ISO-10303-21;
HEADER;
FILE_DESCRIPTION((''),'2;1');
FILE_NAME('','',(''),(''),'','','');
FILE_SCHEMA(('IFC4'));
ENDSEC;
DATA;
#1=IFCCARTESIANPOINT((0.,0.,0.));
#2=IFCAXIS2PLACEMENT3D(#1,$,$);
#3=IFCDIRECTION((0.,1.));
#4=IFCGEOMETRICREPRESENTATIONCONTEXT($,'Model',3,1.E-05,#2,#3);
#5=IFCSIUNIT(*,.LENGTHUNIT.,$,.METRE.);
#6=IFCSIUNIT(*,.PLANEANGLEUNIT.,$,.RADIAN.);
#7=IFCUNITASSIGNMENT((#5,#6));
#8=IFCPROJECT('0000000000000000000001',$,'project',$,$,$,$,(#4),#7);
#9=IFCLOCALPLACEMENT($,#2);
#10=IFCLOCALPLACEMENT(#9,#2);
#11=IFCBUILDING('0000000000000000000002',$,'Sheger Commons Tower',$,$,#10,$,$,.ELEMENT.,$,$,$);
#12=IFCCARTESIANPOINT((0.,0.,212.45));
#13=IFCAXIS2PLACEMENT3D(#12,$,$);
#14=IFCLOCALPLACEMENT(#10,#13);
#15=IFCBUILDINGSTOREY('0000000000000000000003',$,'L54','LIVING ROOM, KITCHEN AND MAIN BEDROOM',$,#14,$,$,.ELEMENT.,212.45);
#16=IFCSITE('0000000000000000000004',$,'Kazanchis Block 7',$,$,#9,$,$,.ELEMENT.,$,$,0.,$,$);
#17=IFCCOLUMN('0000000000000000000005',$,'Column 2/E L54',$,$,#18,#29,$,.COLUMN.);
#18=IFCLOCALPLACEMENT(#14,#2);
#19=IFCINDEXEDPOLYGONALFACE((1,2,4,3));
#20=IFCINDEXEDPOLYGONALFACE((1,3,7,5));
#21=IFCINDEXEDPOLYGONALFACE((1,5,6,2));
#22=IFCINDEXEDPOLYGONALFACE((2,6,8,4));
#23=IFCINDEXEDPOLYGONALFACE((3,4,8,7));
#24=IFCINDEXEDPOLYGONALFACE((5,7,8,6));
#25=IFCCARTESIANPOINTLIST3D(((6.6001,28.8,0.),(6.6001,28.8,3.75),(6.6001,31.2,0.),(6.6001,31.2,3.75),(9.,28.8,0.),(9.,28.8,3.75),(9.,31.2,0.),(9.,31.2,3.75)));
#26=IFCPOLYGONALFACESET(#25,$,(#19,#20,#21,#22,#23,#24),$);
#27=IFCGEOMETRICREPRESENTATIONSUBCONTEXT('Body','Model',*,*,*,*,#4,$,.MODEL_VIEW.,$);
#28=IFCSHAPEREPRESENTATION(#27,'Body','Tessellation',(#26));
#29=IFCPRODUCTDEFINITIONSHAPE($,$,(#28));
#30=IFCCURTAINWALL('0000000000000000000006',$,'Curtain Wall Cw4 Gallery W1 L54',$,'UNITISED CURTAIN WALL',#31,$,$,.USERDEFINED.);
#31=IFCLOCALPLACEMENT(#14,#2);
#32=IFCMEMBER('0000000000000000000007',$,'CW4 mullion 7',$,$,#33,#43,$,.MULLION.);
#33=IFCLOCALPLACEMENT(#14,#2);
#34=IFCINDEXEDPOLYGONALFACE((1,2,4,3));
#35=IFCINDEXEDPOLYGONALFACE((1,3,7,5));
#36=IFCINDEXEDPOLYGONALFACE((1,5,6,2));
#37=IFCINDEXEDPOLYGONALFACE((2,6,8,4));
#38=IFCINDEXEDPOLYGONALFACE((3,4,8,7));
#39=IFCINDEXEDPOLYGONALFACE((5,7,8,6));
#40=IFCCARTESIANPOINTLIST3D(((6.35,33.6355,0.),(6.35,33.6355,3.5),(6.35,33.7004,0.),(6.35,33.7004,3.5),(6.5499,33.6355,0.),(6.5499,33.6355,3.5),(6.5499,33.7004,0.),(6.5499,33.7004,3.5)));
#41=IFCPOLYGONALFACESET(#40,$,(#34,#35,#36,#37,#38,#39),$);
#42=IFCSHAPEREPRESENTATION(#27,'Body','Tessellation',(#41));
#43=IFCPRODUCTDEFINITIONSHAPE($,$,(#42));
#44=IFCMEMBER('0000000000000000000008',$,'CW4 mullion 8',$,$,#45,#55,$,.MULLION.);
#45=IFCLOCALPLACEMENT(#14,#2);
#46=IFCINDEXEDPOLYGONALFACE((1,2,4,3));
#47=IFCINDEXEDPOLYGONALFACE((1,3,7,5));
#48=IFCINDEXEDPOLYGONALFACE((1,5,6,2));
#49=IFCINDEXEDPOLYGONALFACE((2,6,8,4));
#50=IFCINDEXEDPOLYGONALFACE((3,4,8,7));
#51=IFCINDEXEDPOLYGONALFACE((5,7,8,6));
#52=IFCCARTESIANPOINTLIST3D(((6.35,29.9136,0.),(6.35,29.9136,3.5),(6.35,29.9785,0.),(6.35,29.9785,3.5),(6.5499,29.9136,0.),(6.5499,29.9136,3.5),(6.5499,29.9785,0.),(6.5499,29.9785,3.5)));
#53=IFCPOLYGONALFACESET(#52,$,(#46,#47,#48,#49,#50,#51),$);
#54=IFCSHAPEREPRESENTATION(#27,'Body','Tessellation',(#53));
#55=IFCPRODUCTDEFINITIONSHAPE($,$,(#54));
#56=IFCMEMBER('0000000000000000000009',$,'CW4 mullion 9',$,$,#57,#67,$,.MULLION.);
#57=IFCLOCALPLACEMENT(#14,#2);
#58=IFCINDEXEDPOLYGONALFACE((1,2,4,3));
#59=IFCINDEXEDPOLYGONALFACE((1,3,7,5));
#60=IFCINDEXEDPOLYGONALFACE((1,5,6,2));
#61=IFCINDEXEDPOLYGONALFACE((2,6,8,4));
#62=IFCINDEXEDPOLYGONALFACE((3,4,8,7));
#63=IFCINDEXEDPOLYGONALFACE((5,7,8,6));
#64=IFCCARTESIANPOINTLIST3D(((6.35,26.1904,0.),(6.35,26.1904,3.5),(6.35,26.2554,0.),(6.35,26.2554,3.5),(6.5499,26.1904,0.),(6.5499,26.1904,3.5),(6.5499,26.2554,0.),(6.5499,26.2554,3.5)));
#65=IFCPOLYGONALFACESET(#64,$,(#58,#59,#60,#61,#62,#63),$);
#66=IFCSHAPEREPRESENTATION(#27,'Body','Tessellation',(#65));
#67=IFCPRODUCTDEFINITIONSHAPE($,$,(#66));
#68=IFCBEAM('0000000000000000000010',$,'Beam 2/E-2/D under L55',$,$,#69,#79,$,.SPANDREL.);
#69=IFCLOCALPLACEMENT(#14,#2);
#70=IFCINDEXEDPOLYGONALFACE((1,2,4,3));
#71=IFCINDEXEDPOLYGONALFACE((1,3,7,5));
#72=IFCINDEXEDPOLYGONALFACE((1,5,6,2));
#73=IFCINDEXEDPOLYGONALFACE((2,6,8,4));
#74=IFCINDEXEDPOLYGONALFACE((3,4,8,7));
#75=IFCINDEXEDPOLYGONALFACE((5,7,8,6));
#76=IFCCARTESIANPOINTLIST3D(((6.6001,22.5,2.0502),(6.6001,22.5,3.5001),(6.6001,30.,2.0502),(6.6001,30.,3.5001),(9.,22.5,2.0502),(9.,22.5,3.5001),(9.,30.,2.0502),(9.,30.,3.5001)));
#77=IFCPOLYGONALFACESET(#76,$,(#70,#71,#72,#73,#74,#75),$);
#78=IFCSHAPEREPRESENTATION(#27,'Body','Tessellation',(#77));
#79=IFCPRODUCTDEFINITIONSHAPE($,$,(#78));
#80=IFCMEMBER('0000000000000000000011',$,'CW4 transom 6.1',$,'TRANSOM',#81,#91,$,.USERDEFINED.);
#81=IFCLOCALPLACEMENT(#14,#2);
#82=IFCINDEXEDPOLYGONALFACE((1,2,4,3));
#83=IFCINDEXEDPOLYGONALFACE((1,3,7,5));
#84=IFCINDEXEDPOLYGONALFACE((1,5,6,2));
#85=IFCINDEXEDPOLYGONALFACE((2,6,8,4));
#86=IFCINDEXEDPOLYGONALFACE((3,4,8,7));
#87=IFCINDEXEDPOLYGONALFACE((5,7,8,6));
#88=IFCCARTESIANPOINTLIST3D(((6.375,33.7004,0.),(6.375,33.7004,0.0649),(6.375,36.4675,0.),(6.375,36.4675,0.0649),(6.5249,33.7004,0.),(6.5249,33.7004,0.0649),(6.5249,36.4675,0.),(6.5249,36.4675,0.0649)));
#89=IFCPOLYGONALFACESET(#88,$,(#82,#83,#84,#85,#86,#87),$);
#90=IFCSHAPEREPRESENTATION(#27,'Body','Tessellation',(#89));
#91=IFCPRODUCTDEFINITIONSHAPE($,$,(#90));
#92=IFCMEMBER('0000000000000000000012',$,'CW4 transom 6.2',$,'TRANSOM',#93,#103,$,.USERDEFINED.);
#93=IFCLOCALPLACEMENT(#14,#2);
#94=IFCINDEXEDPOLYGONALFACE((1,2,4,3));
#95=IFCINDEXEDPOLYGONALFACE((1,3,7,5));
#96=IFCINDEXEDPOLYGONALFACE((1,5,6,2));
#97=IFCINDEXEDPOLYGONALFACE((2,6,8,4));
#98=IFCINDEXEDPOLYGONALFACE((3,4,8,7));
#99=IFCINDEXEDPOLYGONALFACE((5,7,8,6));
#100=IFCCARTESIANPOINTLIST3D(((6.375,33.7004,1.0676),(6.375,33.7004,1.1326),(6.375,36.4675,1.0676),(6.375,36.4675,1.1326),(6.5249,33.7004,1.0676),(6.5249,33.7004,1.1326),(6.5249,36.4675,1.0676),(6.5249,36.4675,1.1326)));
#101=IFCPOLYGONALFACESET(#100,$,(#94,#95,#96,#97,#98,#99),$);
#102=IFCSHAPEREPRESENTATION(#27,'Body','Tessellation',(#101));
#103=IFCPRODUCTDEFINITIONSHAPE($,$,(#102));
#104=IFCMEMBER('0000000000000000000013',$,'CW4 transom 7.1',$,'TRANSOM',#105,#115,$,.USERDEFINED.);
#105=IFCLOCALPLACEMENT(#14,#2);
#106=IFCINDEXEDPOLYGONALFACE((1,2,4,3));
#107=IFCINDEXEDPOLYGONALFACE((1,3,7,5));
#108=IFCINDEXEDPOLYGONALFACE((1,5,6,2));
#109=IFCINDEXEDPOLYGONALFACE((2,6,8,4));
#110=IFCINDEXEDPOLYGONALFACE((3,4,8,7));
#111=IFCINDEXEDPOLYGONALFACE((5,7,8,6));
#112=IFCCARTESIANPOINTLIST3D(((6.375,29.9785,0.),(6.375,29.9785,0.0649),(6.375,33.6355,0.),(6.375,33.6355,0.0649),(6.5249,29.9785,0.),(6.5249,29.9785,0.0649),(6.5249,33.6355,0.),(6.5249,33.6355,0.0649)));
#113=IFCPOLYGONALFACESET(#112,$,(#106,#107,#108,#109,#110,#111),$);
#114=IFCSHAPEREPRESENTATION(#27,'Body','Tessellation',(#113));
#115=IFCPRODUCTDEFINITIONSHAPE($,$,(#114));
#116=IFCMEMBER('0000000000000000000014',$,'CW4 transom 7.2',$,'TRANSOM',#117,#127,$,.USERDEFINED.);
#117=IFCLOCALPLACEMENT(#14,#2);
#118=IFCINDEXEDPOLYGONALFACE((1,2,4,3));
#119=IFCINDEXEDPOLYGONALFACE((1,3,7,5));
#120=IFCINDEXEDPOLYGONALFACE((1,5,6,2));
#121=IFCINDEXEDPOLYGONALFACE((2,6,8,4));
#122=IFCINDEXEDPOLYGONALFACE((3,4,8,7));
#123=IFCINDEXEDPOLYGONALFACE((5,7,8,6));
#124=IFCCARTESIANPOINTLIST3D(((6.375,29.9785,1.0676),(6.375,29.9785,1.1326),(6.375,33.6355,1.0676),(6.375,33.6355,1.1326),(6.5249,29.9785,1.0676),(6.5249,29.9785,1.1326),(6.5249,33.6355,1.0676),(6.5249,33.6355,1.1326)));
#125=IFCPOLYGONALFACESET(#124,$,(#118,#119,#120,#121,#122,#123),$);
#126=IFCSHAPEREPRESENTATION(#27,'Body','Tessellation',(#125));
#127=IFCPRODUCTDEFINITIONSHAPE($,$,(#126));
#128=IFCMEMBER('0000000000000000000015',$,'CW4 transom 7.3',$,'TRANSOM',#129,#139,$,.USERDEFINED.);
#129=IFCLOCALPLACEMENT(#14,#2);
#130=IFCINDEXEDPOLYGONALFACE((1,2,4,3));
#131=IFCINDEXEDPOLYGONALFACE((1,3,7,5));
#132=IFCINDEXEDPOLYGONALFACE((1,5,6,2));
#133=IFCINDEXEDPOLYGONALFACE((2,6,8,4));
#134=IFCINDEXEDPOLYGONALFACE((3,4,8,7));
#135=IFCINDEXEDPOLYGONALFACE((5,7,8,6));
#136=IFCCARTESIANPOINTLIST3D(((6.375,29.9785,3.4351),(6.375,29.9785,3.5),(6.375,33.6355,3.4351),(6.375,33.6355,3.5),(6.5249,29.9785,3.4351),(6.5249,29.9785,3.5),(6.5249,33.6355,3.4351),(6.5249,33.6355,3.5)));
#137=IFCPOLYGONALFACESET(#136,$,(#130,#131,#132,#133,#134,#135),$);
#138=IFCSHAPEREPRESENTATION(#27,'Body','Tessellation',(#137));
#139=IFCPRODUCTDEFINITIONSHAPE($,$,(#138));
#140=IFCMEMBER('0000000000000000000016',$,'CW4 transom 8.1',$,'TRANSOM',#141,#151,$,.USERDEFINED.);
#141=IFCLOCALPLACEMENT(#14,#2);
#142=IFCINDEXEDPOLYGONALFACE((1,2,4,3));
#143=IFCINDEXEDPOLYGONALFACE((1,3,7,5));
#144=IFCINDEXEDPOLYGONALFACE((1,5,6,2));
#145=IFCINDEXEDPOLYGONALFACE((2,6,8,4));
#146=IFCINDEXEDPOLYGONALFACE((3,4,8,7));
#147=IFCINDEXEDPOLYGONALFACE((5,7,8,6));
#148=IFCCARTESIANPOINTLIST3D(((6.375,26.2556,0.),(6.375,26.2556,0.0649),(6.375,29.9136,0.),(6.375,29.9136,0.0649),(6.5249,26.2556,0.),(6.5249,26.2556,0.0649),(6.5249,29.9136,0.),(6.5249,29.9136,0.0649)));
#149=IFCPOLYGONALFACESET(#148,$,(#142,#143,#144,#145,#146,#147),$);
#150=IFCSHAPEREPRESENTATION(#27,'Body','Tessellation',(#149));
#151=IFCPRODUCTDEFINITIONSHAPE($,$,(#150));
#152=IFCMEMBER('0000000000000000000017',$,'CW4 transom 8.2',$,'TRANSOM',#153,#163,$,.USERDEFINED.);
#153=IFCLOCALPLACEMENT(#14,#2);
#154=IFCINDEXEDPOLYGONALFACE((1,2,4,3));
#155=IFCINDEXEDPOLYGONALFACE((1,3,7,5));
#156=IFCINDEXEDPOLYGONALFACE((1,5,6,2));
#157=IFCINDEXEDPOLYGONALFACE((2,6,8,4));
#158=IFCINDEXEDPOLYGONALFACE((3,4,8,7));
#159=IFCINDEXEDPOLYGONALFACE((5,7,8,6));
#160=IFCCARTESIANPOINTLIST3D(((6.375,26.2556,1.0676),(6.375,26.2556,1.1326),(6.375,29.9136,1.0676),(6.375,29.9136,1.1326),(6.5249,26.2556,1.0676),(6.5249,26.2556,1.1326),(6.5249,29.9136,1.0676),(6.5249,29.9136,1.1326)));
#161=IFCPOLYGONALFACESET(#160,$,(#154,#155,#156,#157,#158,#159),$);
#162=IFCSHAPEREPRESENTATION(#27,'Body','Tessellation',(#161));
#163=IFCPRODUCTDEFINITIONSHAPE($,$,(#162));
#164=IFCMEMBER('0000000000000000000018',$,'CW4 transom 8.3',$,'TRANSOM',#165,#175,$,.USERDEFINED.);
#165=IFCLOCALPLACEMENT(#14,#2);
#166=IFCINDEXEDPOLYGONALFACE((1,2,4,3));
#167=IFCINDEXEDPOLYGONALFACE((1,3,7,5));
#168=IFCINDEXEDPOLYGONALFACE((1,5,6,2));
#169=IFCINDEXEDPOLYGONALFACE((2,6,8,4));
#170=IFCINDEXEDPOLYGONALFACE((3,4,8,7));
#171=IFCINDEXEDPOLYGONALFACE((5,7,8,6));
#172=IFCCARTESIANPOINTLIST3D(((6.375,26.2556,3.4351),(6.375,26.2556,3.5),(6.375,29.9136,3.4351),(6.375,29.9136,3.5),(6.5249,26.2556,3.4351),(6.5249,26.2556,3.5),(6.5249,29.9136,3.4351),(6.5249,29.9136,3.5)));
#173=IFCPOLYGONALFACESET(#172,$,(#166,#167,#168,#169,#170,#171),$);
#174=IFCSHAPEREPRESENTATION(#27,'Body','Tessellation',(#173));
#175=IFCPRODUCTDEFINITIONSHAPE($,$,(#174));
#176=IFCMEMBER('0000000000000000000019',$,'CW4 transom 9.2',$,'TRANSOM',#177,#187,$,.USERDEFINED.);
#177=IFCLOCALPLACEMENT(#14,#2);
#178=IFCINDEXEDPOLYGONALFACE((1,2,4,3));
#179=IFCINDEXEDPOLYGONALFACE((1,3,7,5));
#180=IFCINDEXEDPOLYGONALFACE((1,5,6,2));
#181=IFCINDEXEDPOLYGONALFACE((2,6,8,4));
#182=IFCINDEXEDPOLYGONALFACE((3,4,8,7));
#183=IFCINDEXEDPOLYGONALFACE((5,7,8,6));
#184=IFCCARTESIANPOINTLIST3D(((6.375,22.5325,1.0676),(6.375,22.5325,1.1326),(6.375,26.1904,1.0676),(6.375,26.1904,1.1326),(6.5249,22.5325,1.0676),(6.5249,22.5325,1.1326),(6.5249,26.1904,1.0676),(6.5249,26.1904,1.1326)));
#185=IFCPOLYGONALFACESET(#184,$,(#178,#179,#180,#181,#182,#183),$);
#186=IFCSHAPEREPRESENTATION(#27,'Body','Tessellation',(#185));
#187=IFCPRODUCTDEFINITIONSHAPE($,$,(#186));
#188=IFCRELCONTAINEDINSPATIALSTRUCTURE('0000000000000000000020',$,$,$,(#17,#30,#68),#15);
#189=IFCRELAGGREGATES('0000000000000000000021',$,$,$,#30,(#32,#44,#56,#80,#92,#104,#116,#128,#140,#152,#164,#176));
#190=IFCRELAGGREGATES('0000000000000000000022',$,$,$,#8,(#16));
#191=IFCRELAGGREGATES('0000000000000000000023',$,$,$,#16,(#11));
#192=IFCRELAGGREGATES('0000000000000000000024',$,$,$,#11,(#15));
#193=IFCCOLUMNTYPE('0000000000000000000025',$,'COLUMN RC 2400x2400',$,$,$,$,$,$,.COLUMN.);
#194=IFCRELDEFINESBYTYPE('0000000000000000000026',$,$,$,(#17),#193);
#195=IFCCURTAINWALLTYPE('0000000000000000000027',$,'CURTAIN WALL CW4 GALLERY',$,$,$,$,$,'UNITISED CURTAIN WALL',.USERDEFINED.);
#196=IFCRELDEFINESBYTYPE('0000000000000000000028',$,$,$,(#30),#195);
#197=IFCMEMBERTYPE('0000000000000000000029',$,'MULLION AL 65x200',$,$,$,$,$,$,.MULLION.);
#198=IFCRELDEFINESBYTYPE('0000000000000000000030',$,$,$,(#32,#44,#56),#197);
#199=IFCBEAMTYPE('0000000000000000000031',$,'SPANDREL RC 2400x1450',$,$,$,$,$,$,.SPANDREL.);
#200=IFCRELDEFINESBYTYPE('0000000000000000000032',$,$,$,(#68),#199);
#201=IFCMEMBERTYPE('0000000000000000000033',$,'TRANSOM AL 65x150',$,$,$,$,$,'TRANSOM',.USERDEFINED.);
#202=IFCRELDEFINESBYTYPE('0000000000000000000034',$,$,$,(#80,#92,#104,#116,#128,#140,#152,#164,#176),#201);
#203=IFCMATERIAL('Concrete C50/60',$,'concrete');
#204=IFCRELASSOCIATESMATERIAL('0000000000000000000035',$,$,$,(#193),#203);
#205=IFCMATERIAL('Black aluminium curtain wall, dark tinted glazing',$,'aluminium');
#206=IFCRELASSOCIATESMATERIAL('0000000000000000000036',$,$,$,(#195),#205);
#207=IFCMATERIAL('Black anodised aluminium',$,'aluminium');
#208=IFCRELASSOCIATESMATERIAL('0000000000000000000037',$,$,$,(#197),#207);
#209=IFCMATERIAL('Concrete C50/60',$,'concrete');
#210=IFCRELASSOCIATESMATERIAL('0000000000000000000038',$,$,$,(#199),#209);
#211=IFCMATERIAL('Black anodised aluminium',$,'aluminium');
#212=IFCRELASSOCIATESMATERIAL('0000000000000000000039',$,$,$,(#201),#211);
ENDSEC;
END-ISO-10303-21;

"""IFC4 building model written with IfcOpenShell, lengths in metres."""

from ifc_helpers import new_model, si_unit, direction, frame, origin, origin_2d, place, context, subcontext, project, spatial, rectangle, extrude, material, material_profile, profile_set, type_object, element, aggregate, save


model = new_model("IFC4")

# Units and contexts
model_context = context("Model", 3, precision=1e-05, world=origin(), true_north=direction((0.0, 1.0)))
body_context = subcontext(model_context, "Body", "Model", "MODEL_VIEW")
ifc_project = project(units=[si_unit("LENGTHUNIT", "METRE"), si_unit("PLANEANGLEUNIT", "RADIAN")], contexts=[model_context])

# Site, building, storey
site_placement = place(None, origin())
site = spatial("IfcSite", under=ifc_project, at=site_placement, Name="Kazanchis Block 7", CompositionType="ELEMENT", RefElevation=0.0)
building_placement = place(site_placement, origin())
building = spatial("IfcBuilding", under=site, at=building_placement, Name="Sheger Commons Tower", CompositionType="ELEMENT")
storey_placement = place(building_placement, frame((0.0, 0.0, 212.45)))
storey = spatial("IfcBuildingStorey", under=building, at=storey_placement, Name="L54", Description="LIVING ROOM, KITCHEN AND MAIN BEDROOM", CompositionType="ELEMENT", Elevation=212.45)

# Column
ifc_material_1 = material(Name="Concrete C50/60", Category="concrete")
ifc_material_profile_1 = material_profile(ifc_material_1, rectangle(XDim=2.3999, YDim=2.3999, at=origin_2d()), Name="RC 2400x2400")
ifc_profile_set_1 = profile_set([ifc_material_profile_1], Name="Concrete C50/60")
column_type = type_object("IfcColumnType", Name="COLUMN RC 2400x2400", PredefinedType="COLUMN", material=ifc_profile_set_1)
column_placement = place(storey_placement, frame((7.8, 30.0, 0.0), z_axis=(0.0, 0.0, 1.0), x_axis=(1.0, 0.0, 0.0)))
element("IfcColumn", 1, at=column_placement, inside=storey, type_object=column_type, Name="Column 2/E L54", PredefinedType="COLUMN", context=body_context, shape_type="SweptSolid", body=[
    extrude(rectangle(XDim=2.3999, YDim=2.3999, at=origin_2d()), origin(), (0.0, 0.0, 1.0), 3.75),
])

# Curtain wall, members
ifc_material_2 = material(Name="Black aluminium curtain wall, dark tinted glazing", Category="aluminium")
curtain_wall_type = type_object("IfcCurtainWallType", Name="CURTAIN WALL CW4 GALLERY", ElementType="UNITISED CURTAIN WALL", PredefinedType="USERDEFINED", material=ifc_material_2)
curtain_wall_placement = place(storey_placement, origin())
curtain_wall = element("IfcCurtainWall", 2, at=curtain_wall_placement, inside=storey, type_object=curtain_wall_type, Name="Curtain Wall Cw4 Gallery W1 L54", ObjectType="UNITISED CURTAIN WALL", PredefinedType="USERDEFINED")
ifc_material_3 = material(Name="Black anodised aluminium", Category="aluminium")
ifc_material_profile_2 = material_profile(ifc_material_3, rectangle(XDim=0.2, YDim=0.0649, at=origin_2d()), Name="AL 65x200")
ifc_profile_set_2 = profile_set([ifc_material_profile_2], Name="Black anodised aluminium")
member_type_1 = type_object("IfcMemberType", Name="MULLION AL 65x200", PredefinedType="MULLION", material=ifc_profile_set_2)
member_1_placement = place(storey_placement, frame((6.45, 33.668, 0.0), z_axis=(0.0, 0.0, 1.0), x_axis=(1.0, 0.0, 0.0)))
member_1 = element("IfcMember", 3, at=member_1_placement, type_object=member_type_1, Name="CW4 mullion 7", PredefinedType="MULLION", context=body_context, shape_type="SweptSolid", body=[
    extrude(rectangle(XDim=0.2, YDim=0.0649, at=origin_2d()), origin(), (0.0, 0.0, 1.0), 3.5),
])
member_2_placement = place(storey_placement, frame((6.45, 29.946, 0.0), z_axis=(0.0, 0.0, 1.0), x_axis=(1.0, 0.0, 0.0)))
member_2 = element("IfcMember", 4, at=member_2_placement, type_object=member_type_1, Name="CW4 mullion 8", PredefinedType="MULLION", context=body_context, shape_type="SweptSolid", body=[
    extrude(rectangle(XDim=0.2, YDim=0.0649, at=origin_2d()), origin(), (0.0, 0.0, 1.0), 3.5),
])
member_3_placement = place(storey_placement, frame((6.45, 26.2229, 0.0), z_axis=(0.0, 0.0, 1.0), x_axis=(1.0, 0.0, 0.0)))
member_3 = element("IfcMember", 5, at=member_3_placement, type_object=member_type_1, Name="CW4 mullion 9", PredefinedType="MULLION", context=body_context, shape_type="SweptSolid", body=[
    extrude(rectangle(XDim=0.2, YDim=0.0649, at=origin_2d()), origin(), (0.0, 0.0, 1.0), 3.5),
])

# Beam
ifc_material_4 = material(Name="Concrete C50/60", Category="concrete")
ifc_material_profile_3 = material_profile(ifc_material_4, rectangle(XDim=2.3999, YDim=1.45, at=origin_2d()), Name="RC 2400x1450")
ifc_profile_set_3 = profile_set([ifc_material_profile_3], Name="Concrete C50/60")
beam_type = type_object("IfcBeamType", Name="SPANDREL RC 2400x1450", PredefinedType="SPANDREL", material=ifc_profile_set_3)
beam_placement = place(storey_placement, frame((7.8, 30.0, 2.7751), z_axis=(0.0, -1.0, 0.0), x_axis=(1.0, 0.0, 0.0)))
element("IfcBeam", 6, at=beam_placement, inside=storey, type_object=beam_type, Name="Beam 2/E-2/D under L55", PredefinedType="SPANDREL", context=body_context, shape_type="SweptSolid", body=[
    extrude(rectangle(XDim=2.3999, YDim=1.45, at=origin_2d()), origin(), (0.0, 0.0, 1.0), 7.5),
])

# Members
ifc_material_5 = material(Name="Black anodised aluminium", Category="aluminium")
ifc_material_profile_4 = material_profile(ifc_material_5, rectangle(XDim=0.1499, YDim=0.0649, at=origin_2d()), Name="AL 65x150")
ifc_profile_set_4 = profile_set([ifc_material_profile_4], Name="Black anodised aluminium")
member_type_2 = type_object("IfcMemberType", Name="TRANSOM AL 65x150", ElementType="TRANSOM", PredefinedType="USERDEFINED", material=ifc_profile_set_4)
member_4_placement = place(storey_placement, frame((6.45, 36.4675, 0.0325), z_axis=(0.0, -1.0, 0.0), x_axis=(1.0, 0.0, 0.0)))
member_4 = element("IfcMember", 7, at=member_4_placement, type_object=member_type_2, Name="CW4 transom 6.1", ObjectType="TRANSOM", PredefinedType="USERDEFINED", context=body_context, shape_type="SweptSolid", body=[
    extrude(rectangle(XDim=0.1499, YDim=0.0649, at=origin_2d()), origin(), (0.0, 0.0, 1.0), 2.7671),
])
member_5_placement = place(storey_placement, frame((6.45, 36.4675, 1.1001), z_axis=(0.0, -1.0, 0.0), x_axis=(1.0, 0.0, 0.0)))
member_5 = element("IfcMember", 8, at=member_5_placement, type_object=member_type_2, Name="CW4 transom 6.2", ObjectType="TRANSOM", PredefinedType="USERDEFINED", context=body_context, shape_type="SweptSolid", body=[
    extrude(rectangle(XDim=0.1499, YDim=0.0649, at=origin_2d()), origin(), (0.0, 0.0, 1.0), 2.7671),
])
member_6_placement = place(storey_placement, frame((6.45, 33.6355, 0.0325), z_axis=(0.0, -1.0, 0.0), x_axis=(1.0, 0.0, 0.0)))
member_6 = element("IfcMember", 9, at=member_6_placement, type_object=member_type_2, Name="CW4 transom 7.1", ObjectType="TRANSOM", PredefinedType="USERDEFINED", context=body_context, shape_type="SweptSolid", body=[
    extrude(rectangle(XDim=0.1499, YDim=0.0649, at=origin_2d()), origin(), (0.0, 0.0, 1.0), 3.657),
])
member_7_placement = place(storey_placement, frame((6.45, 33.6355, 1.1001), z_axis=(0.0, -1.0, 0.0), x_axis=(1.0, 0.0, 0.0)))
member_7 = element("IfcMember", 10, at=member_7_placement, type_object=member_type_2, Name="CW4 transom 7.2", ObjectType="TRANSOM", PredefinedType="USERDEFINED", context=body_context, shape_type="SweptSolid", body=[
    extrude(rectangle(XDim=0.1499, YDim=0.0649, at=origin_2d()), origin(), (0.0, 0.0, 1.0), 3.657),
])
member_8_placement = place(storey_placement, frame((6.45, 33.6355, 3.4675), z_axis=(0.0, -1.0, 0.0), x_axis=(1.0, 0.0, 0.0)))
member_8 = element("IfcMember", 11, at=member_8_placement, type_object=member_type_2, Name="CW4 transom 7.3", ObjectType="TRANSOM", PredefinedType="USERDEFINED", context=body_context, shape_type="SweptSolid", body=[
    extrude(rectangle(XDim=0.1499, YDim=0.0649, at=origin_2d()), origin(), (0.0, 0.0, 1.0), 3.657),
])
member_9_placement = place(storey_placement, frame((6.45, 29.9136, 0.0325), z_axis=(0.0, -1.0, 0.0), x_axis=(1.0, 0.0, 0.0)))
member_9 = element("IfcMember", 12, at=member_9_placement, type_object=member_type_2, Name="CW4 transom 8.1", ObjectType="TRANSOM", PredefinedType="USERDEFINED", context=body_context, shape_type="SweptSolid", body=[
    extrude(rectangle(XDim=0.1499, YDim=0.0649, at=origin_2d()), origin(), (0.0, 0.0, 1.0), 3.658),
])
member_10_placement = place(storey_placement, frame((6.45, 29.9136, 1.1001), z_axis=(0.0, -1.0, 0.0), x_axis=(1.0, 0.0, 0.0)))
member_10 = element("IfcMember", 13, at=member_10_placement, type_object=member_type_2, Name="CW4 transom 8.2", ObjectType="TRANSOM", PredefinedType="USERDEFINED", context=body_context, shape_type="SweptSolid", body=[
    extrude(rectangle(XDim=0.1499, YDim=0.0649, at=origin_2d()), origin(), (0.0, 0.0, 1.0), 3.658),
])
member_11_placement = place(storey_placement, frame((6.45, 29.9136, 3.4675), z_axis=(0.0, -1.0, 0.0), x_axis=(1.0, 0.0, 0.0)))
member_11 = element("IfcMember", 14, at=member_11_placement, type_object=member_type_2, Name="CW4 transom 8.3", ObjectType="TRANSOM", PredefinedType="USERDEFINED", context=body_context, shape_type="SweptSolid", body=[
    extrude(rectangle(XDim=0.1499, YDim=0.0649, at=origin_2d()), origin(), (0.0, 0.0, 1.0), 3.658),
])
member_12_placement = place(storey_placement, frame((6.45, 26.1904, 1.1001), z_axis=(0.0, -1.0, 0.0), x_axis=(1.0, 0.0, 0.0)))
member_12 = element("IfcMember", 15, at=member_12_placement, type_object=member_type_2, Name="CW4 transom 9.2", ObjectType="TRANSOM", PredefinedType="USERDEFINED", context=body_context, shape_type="SweptSolid", body=[
    extrude(rectangle(XDim=0.1499, YDim=0.0649, at=origin_2d()), origin(), (0.0, 0.0, 1.0), 3.658),
])

aggregate(curtain_wall, [member_1, member_2, member_3, member_4, member_5, member_6, member_7, member_8, member_9, member_10, member_11, member_12])

save(model, "model.ifc")
